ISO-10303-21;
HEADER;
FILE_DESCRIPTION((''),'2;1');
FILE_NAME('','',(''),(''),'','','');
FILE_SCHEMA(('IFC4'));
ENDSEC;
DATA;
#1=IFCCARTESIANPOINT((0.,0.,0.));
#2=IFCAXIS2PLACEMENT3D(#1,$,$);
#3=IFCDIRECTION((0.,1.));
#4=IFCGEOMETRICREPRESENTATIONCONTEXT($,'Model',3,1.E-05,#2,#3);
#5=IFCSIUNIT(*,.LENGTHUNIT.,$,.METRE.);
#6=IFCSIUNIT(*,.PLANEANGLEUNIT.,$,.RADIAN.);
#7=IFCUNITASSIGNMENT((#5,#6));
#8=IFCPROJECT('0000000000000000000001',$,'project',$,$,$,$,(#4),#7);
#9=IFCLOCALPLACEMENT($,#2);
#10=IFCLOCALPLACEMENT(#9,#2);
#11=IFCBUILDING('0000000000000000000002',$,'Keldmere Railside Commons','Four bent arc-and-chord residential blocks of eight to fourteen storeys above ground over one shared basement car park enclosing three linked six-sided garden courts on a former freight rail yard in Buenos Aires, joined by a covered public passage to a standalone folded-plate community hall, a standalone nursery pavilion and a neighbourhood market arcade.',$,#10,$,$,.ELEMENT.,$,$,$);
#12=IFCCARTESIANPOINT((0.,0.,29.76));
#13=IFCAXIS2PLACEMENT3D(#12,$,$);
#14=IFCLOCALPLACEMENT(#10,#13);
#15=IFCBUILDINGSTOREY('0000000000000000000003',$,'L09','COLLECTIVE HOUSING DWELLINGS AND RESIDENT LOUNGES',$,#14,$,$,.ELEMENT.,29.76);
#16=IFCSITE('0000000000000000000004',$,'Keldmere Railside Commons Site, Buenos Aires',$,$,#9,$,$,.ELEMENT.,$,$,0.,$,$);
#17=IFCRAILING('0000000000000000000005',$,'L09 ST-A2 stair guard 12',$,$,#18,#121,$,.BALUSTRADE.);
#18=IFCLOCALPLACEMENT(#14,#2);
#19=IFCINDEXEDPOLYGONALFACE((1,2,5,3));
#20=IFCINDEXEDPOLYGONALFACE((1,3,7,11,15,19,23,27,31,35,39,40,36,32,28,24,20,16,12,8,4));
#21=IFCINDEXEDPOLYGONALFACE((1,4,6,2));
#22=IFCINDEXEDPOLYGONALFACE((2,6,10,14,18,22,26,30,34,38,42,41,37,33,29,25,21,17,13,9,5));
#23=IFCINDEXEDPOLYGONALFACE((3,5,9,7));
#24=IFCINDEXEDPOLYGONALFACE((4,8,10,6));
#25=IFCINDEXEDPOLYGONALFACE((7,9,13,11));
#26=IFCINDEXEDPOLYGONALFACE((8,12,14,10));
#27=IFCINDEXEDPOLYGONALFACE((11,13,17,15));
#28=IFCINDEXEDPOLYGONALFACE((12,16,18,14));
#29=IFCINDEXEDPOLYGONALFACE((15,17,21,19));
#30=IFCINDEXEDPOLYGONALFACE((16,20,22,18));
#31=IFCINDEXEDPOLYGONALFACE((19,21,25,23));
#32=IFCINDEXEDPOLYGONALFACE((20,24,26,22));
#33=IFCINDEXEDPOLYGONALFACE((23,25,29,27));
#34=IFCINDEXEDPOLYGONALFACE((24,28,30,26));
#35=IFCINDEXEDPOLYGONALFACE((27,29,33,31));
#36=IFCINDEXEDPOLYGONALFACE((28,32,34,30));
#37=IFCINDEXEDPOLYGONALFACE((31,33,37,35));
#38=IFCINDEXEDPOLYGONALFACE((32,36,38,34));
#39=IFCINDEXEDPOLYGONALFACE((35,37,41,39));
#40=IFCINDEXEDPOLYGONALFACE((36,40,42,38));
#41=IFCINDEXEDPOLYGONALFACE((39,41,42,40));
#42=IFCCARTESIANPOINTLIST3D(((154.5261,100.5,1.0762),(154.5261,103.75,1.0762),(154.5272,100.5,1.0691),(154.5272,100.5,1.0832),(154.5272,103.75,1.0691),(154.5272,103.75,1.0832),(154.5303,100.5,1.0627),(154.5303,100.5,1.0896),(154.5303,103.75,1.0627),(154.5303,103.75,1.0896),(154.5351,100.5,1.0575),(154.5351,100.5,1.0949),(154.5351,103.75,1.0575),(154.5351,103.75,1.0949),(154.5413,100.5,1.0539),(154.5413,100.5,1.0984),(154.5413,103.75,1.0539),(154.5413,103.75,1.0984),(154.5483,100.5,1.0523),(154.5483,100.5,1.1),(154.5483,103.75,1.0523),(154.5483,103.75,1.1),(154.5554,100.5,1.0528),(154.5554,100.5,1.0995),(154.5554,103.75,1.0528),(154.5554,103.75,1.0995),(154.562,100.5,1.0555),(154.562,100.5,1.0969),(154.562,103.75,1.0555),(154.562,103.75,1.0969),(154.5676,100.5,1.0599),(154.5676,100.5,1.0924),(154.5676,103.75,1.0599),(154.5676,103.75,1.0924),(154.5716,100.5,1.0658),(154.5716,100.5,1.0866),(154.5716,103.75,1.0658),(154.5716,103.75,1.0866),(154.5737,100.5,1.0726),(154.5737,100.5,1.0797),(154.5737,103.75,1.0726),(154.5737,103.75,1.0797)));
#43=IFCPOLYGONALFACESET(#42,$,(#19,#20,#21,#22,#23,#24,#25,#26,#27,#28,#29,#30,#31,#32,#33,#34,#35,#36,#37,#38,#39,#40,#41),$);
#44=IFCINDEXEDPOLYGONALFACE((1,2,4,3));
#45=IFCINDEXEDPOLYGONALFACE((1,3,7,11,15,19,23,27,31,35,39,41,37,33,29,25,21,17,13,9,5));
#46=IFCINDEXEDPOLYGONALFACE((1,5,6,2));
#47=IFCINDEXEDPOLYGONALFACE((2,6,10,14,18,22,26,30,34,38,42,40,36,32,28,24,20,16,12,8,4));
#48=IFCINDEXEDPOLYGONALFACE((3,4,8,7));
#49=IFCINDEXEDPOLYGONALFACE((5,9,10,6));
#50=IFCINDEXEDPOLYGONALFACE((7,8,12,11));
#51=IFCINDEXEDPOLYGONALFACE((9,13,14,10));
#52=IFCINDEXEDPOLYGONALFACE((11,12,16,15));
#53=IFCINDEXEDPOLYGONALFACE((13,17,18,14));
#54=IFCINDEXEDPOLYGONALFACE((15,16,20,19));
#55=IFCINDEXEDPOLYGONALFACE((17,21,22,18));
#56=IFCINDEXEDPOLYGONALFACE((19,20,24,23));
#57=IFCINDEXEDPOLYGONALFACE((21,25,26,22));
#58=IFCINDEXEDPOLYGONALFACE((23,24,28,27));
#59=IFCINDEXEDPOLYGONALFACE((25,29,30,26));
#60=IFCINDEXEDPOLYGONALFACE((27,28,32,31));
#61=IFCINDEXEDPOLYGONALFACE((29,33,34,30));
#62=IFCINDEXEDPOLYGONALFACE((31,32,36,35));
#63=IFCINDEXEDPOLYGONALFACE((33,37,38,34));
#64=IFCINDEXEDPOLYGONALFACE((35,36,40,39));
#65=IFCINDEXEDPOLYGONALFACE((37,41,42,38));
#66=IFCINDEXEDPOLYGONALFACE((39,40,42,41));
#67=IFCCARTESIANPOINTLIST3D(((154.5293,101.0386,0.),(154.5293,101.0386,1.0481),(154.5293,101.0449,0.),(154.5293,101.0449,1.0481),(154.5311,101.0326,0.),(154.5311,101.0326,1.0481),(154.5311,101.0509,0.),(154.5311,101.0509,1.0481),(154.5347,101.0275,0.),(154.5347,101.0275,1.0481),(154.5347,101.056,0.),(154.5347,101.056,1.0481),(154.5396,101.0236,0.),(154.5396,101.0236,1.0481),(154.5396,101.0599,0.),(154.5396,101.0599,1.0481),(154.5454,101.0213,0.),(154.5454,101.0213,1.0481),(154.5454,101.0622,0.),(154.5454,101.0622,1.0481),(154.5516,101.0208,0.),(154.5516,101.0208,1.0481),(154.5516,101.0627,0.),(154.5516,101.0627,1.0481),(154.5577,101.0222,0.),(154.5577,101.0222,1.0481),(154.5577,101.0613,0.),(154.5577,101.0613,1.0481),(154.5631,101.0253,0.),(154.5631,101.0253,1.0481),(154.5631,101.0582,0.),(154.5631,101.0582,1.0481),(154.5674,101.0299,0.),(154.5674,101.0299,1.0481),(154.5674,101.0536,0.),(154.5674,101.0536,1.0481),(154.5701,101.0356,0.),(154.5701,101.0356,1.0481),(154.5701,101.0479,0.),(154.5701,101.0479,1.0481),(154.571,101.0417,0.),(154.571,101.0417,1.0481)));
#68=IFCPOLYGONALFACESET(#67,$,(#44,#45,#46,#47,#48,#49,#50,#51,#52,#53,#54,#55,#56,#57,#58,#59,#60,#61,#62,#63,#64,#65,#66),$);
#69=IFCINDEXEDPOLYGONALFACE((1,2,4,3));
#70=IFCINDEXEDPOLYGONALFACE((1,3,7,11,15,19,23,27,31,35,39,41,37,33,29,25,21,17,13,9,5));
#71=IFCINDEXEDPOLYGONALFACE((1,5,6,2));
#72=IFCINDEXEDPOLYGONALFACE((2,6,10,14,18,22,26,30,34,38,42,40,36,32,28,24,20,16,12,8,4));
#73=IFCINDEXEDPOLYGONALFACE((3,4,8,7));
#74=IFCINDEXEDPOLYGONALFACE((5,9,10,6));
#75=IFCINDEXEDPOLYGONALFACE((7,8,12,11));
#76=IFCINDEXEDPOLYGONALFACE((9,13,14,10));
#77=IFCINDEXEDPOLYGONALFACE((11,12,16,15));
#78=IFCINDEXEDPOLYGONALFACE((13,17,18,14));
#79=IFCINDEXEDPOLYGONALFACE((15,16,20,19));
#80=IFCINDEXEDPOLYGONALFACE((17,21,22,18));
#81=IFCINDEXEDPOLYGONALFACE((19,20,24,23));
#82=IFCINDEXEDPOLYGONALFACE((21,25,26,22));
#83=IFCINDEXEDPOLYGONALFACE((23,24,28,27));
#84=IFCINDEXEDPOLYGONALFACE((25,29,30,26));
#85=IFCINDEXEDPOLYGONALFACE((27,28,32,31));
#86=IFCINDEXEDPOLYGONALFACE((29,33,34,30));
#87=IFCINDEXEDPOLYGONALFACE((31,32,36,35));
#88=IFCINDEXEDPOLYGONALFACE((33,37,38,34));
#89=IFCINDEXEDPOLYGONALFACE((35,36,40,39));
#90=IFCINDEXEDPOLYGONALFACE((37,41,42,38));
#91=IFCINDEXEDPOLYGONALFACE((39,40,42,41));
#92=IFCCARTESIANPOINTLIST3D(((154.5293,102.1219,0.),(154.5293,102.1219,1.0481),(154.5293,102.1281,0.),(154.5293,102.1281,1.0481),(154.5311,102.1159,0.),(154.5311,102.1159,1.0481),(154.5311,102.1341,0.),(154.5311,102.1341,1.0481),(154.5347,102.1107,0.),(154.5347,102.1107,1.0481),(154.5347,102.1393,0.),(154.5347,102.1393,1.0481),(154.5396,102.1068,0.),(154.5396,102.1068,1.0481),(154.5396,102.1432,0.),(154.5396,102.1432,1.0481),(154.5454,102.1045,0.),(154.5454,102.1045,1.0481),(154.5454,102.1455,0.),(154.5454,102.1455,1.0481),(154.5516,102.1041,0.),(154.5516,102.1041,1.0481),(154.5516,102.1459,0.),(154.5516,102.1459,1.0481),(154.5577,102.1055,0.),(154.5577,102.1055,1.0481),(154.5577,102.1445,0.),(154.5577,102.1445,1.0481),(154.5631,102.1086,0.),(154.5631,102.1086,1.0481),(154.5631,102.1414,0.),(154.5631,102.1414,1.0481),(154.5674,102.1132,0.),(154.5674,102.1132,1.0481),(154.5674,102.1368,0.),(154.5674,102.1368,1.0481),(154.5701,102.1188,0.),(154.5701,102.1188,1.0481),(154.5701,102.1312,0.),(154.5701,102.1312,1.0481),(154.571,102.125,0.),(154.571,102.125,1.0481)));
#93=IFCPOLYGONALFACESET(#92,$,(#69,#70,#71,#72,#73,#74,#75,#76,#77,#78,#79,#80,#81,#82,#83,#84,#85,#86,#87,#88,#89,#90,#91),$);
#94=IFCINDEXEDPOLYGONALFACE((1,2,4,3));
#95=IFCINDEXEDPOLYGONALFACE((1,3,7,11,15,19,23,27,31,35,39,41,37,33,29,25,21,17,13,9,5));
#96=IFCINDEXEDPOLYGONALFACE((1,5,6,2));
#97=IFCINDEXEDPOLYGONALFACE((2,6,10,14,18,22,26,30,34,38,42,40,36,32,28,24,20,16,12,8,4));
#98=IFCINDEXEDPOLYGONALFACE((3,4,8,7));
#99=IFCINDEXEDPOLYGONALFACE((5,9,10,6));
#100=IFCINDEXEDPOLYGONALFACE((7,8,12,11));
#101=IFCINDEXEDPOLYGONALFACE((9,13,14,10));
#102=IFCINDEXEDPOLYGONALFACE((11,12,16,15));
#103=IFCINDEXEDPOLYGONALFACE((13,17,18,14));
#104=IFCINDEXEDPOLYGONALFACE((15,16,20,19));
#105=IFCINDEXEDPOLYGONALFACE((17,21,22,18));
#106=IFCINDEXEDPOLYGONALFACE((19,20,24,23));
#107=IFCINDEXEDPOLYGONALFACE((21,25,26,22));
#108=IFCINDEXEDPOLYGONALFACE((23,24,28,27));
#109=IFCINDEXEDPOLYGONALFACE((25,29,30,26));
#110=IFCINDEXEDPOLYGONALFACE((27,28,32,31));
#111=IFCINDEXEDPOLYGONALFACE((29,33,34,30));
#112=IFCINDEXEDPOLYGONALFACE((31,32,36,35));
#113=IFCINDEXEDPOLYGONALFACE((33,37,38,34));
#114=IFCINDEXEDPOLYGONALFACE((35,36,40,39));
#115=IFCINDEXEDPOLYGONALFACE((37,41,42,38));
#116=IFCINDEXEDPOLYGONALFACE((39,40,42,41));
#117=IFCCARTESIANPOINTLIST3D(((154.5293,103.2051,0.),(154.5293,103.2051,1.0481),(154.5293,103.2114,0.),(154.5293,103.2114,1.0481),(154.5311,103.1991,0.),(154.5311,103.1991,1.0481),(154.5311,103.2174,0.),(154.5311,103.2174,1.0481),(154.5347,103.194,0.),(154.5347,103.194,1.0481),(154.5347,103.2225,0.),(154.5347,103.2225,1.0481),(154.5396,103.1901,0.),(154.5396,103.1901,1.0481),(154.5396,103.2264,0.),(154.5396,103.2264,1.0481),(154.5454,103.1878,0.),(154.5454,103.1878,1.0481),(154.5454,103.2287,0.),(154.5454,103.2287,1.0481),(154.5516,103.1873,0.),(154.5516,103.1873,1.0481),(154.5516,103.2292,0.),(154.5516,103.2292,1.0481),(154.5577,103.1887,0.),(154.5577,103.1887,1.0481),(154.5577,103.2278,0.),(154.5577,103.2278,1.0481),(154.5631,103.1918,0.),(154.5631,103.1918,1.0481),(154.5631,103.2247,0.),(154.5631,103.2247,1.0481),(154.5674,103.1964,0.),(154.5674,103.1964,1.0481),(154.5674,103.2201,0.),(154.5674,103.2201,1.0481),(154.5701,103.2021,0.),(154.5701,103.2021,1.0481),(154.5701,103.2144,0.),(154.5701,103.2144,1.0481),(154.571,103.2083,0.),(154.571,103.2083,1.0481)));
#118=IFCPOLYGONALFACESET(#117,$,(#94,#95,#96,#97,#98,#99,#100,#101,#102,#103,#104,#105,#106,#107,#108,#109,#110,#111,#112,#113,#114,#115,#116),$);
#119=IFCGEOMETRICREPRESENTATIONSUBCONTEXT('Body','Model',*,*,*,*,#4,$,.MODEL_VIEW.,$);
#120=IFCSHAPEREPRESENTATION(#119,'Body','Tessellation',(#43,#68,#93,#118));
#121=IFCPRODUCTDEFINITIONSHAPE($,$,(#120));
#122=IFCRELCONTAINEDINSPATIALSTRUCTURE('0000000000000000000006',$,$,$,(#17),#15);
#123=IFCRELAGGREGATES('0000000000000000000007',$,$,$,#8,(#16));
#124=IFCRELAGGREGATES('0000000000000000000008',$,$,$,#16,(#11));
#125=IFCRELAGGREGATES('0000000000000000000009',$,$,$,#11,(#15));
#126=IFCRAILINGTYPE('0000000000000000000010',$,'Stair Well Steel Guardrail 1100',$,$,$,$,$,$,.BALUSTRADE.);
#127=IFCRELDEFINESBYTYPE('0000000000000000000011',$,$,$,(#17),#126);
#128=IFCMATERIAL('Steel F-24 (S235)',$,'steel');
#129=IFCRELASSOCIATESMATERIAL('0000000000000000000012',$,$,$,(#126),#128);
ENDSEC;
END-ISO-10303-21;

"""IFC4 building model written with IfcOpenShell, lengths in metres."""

from ifc_helpers import new_model, si_unit, direction, frame, origin, origin_2d, place, context, subcontext, project, spatial, circle, extrude, material, type_object, element, save


model = new_model("IFC4")

# Units and contexts
model_context = context("Model", 3, precision=1e-05, world=origin(), true_north=direction((0.0, 1.0)))
body_context = subcontext(model_context, "Body", "Model", "MODEL_VIEW")
ifc_project = project(units=[si_unit("LENGTHUNIT", "METRE"), si_unit("PLANEANGLEUNIT", "RADIAN")], contexts=[model_context])

# Site, building, storey
site_placement = place(None, origin())
site = spatial("IfcSite", under=ifc_project, at=site_placement, Name="Keldmere Railside Commons Site, Buenos Aires", CompositionType="ELEMENT", RefElevation=0.0)
building_placement = place(site_placement, origin())
building = spatial("IfcBuilding", under=site, at=building_placement, Name="Keldmere Railside Commons", Description="Four bent arc-and-chord residential blocks of eight to fourteen storeys above ground over one shared basement car park enclosing three linked six-sided garden courts on a former freight rail yard in Buenos Aires, joined by a covered public passage to a standalone folded-plate community hall, a standalone nursery pavilion and a neighbourhood market arcade.", CompositionType="ELEMENT")
storey_placement = place(building_placement, frame((0.0, 0.0, 29.76)))
storey = spatial("IfcBuildingStorey", under=building, at=storey_placement, Name="L09", Description="COLLECTIVE HOUSING DWELLINGS AND RESIDENT LOUNGES", CompositionType="ELEMENT", Elevation=29.76)

# Railing
ifc_material_1 = material(Name="Steel F-24 (S235)", Category="steel")
railing_type_1 = type_object("IfcRailingType", Name="Stair Well Steel Guardrail 1100", PredefinedType="BALUSTRADE", material=ifc_material_1)
railing_1_placement = place(storey_placement, frame((154.55, 100.5, 0.0)))
element("IfcRailing", 1, at=railing_1_placement, inside=storey, type_object=railing_type_1, Name="L09 ST-A2 stair guard 12", PredefinedType="BALUSTRADE", context=body_context, shape_type="SweptSolid", body=[
    extrude(circle(Radius=0.0239, at=origin_2d()), frame((0.0, 0.0, 1.0762), z_axis=(0.0, 1.0, 0.0), x_axis=(-1.0, 0.0, 0.0)), (0.0, 0.0, 1.0), 3.25),
    extrude(circle(Radius=0.021, at=origin_2d()), frame((0.0, 0.5417, 0.0)), (0.0, 0.0, 1.0), 1.0481),
    extrude(circle(Radius=0.021, at=origin_2d()), frame((0.0, 1.625, 0.0)), (0.0, 0.0, 1.0), 1.0481),
    extrude(circle(Radius=0.021, at=origin_2d()), frame((0.0, 2.7083, 0.0)), (0.0, 0.0, 1.0), 1.0481),
])

save(model, "model.ifc")
